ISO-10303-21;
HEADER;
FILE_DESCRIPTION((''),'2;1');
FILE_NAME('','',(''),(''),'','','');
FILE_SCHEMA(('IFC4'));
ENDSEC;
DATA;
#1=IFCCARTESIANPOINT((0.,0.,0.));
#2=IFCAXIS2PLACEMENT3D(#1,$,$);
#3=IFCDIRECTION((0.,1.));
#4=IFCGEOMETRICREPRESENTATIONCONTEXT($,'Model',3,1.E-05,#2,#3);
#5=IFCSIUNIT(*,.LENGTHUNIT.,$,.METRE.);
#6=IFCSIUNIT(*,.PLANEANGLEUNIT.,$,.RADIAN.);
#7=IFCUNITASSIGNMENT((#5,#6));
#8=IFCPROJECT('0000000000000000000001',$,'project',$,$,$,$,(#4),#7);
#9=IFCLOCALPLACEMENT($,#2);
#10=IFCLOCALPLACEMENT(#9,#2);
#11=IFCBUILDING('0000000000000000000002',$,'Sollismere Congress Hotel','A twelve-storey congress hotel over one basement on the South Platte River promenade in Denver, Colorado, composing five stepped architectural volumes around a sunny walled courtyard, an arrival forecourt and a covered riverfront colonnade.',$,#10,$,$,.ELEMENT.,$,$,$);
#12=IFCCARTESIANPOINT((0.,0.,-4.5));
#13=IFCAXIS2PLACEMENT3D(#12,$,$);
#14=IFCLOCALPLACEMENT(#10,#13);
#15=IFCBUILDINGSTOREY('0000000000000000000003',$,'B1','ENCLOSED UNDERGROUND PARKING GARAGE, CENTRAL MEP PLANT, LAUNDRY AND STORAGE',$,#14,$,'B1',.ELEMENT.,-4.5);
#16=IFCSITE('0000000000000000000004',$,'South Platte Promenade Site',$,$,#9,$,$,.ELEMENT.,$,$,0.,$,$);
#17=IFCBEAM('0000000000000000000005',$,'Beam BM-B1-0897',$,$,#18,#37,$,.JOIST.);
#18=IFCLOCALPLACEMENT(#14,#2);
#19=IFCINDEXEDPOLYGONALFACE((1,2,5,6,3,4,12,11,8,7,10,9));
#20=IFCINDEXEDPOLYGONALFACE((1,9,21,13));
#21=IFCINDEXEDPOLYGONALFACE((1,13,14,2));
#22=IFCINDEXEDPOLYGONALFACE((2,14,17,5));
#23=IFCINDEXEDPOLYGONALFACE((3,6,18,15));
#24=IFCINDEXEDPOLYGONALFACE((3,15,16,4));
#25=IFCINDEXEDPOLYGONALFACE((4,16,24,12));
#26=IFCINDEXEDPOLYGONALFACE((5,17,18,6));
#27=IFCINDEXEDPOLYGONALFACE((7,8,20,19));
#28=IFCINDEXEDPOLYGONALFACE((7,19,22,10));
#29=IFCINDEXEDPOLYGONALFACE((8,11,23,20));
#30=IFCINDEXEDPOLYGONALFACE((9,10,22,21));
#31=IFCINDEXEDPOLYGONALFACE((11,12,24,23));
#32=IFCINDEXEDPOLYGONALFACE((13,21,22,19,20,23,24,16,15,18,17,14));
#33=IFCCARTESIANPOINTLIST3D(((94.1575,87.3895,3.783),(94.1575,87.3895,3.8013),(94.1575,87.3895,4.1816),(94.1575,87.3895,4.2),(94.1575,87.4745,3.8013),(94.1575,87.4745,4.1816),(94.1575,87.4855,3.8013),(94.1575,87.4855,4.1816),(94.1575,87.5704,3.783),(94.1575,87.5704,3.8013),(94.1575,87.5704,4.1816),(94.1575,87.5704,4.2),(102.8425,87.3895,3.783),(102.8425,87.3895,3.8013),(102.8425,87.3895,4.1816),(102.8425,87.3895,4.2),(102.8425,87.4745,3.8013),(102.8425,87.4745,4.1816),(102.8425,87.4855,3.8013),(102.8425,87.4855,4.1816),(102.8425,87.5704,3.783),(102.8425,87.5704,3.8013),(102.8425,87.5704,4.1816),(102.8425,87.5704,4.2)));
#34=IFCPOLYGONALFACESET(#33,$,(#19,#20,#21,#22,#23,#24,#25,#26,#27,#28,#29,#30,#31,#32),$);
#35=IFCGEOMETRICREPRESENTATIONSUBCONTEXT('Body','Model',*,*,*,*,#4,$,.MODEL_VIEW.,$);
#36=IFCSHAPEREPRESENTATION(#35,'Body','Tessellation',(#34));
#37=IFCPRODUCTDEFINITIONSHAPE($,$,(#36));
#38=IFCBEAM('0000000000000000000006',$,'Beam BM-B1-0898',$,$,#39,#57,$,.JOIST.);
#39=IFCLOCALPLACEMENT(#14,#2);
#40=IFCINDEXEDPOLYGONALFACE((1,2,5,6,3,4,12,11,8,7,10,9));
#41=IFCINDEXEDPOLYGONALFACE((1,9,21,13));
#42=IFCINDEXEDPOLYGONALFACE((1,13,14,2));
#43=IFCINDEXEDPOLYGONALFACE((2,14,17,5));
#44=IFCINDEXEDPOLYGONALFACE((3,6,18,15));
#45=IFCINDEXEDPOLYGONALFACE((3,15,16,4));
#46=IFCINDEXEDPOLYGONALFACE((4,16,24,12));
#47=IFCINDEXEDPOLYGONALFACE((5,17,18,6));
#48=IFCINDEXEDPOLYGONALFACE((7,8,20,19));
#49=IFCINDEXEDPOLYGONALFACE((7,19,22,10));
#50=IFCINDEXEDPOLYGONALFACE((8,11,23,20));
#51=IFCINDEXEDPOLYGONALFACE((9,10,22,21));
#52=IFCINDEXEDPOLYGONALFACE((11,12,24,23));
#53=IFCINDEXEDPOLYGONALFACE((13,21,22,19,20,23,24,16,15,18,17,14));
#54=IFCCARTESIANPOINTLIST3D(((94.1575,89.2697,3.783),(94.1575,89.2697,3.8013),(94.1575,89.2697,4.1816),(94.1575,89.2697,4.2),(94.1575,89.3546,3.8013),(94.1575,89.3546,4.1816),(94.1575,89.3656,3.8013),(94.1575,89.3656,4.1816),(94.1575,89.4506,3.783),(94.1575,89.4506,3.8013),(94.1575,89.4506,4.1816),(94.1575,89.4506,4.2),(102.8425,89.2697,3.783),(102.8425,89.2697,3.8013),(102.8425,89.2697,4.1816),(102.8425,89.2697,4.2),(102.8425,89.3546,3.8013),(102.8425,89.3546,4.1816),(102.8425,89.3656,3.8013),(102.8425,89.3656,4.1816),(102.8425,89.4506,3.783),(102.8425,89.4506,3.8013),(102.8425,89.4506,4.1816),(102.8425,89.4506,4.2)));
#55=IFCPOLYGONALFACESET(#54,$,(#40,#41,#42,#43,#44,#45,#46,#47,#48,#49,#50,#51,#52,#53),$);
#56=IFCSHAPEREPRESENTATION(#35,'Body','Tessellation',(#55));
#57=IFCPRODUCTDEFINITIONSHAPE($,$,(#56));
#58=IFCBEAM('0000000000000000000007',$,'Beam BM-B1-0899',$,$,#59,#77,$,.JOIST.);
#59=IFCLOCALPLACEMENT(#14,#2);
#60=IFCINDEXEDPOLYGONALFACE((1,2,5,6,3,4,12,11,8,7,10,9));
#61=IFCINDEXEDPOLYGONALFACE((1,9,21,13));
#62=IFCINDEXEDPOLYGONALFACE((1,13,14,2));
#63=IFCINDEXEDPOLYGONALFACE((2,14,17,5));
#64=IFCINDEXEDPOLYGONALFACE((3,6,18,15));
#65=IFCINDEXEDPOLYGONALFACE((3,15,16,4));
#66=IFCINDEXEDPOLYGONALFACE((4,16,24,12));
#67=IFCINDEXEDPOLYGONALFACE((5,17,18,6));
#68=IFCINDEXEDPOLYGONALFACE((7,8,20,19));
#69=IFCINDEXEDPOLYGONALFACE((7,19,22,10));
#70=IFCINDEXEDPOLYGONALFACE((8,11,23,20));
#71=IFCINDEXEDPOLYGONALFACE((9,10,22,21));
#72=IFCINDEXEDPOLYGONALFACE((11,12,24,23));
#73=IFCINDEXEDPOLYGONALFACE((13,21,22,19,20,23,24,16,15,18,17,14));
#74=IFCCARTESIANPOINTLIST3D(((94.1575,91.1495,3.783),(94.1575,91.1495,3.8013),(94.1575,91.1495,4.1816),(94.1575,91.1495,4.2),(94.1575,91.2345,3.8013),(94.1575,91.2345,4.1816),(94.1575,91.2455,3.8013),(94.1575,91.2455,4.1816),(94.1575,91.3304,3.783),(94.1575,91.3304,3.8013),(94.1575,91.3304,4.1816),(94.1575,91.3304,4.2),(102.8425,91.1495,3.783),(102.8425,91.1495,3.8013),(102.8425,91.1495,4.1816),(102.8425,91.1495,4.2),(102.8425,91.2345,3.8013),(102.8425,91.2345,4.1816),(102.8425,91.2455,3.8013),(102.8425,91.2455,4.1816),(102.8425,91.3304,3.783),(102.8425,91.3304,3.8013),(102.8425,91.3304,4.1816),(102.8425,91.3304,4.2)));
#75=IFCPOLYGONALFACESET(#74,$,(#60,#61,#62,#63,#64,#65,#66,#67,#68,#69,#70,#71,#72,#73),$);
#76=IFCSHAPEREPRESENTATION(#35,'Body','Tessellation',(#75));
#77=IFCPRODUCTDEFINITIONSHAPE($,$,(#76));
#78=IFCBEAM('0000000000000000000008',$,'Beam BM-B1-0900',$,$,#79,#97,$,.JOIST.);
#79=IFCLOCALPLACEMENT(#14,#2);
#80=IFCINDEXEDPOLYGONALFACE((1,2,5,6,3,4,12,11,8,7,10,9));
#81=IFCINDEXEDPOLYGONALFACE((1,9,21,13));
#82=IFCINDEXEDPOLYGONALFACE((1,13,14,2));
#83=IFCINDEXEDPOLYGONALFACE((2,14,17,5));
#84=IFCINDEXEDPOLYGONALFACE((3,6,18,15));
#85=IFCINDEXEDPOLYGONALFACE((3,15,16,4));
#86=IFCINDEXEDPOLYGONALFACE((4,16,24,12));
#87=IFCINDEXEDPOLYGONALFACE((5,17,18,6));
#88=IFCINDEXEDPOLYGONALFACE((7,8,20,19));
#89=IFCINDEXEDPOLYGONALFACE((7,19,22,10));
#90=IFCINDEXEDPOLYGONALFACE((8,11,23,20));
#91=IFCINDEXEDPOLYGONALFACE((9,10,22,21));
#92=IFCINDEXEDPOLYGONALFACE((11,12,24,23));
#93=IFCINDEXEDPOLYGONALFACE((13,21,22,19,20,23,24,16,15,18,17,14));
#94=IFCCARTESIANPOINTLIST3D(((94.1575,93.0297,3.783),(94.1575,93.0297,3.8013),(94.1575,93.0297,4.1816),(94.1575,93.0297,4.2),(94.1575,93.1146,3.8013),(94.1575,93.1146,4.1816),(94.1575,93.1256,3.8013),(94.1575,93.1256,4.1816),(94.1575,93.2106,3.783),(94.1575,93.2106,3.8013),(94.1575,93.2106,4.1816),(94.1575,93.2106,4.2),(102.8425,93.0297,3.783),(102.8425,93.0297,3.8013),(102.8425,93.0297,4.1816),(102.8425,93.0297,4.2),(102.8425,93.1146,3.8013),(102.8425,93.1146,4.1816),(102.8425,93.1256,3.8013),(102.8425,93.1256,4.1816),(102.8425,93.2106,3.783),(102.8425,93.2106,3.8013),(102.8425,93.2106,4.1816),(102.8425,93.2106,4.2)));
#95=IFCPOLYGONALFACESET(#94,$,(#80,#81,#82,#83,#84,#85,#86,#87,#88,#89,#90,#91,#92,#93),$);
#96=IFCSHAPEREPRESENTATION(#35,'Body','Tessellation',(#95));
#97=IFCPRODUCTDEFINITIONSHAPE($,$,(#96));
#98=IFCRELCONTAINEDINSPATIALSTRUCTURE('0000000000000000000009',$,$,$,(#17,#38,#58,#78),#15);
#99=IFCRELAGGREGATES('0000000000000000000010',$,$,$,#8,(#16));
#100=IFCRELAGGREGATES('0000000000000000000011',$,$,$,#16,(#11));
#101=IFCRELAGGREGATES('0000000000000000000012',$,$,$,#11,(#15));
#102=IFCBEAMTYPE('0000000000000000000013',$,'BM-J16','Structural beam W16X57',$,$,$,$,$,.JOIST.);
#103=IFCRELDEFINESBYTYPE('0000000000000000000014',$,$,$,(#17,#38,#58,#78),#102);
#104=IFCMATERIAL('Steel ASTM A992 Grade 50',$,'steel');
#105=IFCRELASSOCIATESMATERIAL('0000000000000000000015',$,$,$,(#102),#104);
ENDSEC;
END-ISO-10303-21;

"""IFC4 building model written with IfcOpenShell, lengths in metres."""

from ifc_helpers import new_model, si_unit, direction, frame, origin, origin_2d, place, context, subcontext, project, spatial, i_section, extrude, material, material_profile, profile_set, type_object, element, save


model = new_model("IFC4")

# Units and contexts
model_context = context("Model", 3, precision=1e-05, world=origin(), true_north=direction((0.0, 1.0)))
body_context = subcontext(model_context, "Body", "Model", "MODEL_VIEW")
ifc_project = project(units=[si_unit("LENGTHUNIT", "METRE"), si_unit("PLANEANGLEUNIT", "RADIAN")], contexts=[model_context])

# Site, building, storey
site_placement = place(None, origin())
site = spatial("IfcSite", under=ifc_project, at=site_placement, Name="South Platte Promenade Site", CompositionType="ELEMENT", RefElevation=0.0)
building_placement = place(site_placement, origin())
building = spatial("IfcBuilding", under=site, at=building_placement, Name="Sollismere Congress Hotel", Description="A twelve-storey congress hotel over one basement on the South Platte River promenade in Denver, Colorado, composing five stepped architectural volumes around a sunny walled courtyard, an arrival forecourt and a covered riverfront colonnade.", CompositionType="ELEMENT")
storey_placement = place(building_placement, frame((0.0, 0.0, -4.5)))
storey = spatial("IfcBuildingStorey", under=building, at=storey_placement, Name="B1", Description="ENCLOSED UNDERGROUND PARKING GARAGE, CENTRAL MEP PLANT, LAUNDRY AND STORAGE", LongName="B1", CompositionType="ELEMENT", Elevation=-4.5)

# Beams
ifc_material_1 = material(Name="Steel ASTM A992 Grade 50", Category="steel")
ifc_material_profile_1 = material_profile(ifc_material_1, i_section(OverallWidth=0.1809, OverallDepth=0.417, WebThickness=0.011, FlangeThickness=0.0183, at=origin_2d()), Name="W16X57")
ifc_profile_set_1 = profile_set([ifc_material_profile_1], Name="Steel ASTM A992 Grade 50")
beam_type_1 = type_object("IfcBeamType", Name="BM-J16", Description="Structural beam W16X57", PredefinedType="JOIST", material=ifc_profile_set_1)
for number, where, z_axis, x_axis, name in (
    (1, (94.1575, 87.48, 3.9915), (1.0, 0.0, 0.0), (0.0, 1.0, 0.0), "Beam BM-B1-0897"),
    (2, (94.1575, 89.3601, 3.9915), (1.0, 0.0, 0.0), (0.0, 1.0, 0.0), "Beam BM-B1-0898"),
    (3, (94.1575, 91.24, 3.9915), (1.0, 0.0, 0.0), (0.0, 1.0, 0.0), "Beam BM-B1-0899"),
    (4, (94.1575, 93.1201, 3.9915), (1.0, 0.0, 0.0), (0.0, 1.0, 0.0), "Beam BM-B1-0900"),
):
    element("IfcBeam", number, at=place(storey_placement, frame(where, z_axis=z_axis, x_axis=x_axis)), inside=storey, type_object=beam_type_1, Name=name, PredefinedType="JOIST", context=body_context, shape_type="SweptSolid", body=[
        extrude(i_section(OverallWidth=0.1809, OverallDepth=0.417, WebThickness=0.011, FlangeThickness=0.0183, at=origin_2d()), origin(), (0.0, 0.0, 1.0), 8.6851),
    ])

save(model, "model.ifc")
